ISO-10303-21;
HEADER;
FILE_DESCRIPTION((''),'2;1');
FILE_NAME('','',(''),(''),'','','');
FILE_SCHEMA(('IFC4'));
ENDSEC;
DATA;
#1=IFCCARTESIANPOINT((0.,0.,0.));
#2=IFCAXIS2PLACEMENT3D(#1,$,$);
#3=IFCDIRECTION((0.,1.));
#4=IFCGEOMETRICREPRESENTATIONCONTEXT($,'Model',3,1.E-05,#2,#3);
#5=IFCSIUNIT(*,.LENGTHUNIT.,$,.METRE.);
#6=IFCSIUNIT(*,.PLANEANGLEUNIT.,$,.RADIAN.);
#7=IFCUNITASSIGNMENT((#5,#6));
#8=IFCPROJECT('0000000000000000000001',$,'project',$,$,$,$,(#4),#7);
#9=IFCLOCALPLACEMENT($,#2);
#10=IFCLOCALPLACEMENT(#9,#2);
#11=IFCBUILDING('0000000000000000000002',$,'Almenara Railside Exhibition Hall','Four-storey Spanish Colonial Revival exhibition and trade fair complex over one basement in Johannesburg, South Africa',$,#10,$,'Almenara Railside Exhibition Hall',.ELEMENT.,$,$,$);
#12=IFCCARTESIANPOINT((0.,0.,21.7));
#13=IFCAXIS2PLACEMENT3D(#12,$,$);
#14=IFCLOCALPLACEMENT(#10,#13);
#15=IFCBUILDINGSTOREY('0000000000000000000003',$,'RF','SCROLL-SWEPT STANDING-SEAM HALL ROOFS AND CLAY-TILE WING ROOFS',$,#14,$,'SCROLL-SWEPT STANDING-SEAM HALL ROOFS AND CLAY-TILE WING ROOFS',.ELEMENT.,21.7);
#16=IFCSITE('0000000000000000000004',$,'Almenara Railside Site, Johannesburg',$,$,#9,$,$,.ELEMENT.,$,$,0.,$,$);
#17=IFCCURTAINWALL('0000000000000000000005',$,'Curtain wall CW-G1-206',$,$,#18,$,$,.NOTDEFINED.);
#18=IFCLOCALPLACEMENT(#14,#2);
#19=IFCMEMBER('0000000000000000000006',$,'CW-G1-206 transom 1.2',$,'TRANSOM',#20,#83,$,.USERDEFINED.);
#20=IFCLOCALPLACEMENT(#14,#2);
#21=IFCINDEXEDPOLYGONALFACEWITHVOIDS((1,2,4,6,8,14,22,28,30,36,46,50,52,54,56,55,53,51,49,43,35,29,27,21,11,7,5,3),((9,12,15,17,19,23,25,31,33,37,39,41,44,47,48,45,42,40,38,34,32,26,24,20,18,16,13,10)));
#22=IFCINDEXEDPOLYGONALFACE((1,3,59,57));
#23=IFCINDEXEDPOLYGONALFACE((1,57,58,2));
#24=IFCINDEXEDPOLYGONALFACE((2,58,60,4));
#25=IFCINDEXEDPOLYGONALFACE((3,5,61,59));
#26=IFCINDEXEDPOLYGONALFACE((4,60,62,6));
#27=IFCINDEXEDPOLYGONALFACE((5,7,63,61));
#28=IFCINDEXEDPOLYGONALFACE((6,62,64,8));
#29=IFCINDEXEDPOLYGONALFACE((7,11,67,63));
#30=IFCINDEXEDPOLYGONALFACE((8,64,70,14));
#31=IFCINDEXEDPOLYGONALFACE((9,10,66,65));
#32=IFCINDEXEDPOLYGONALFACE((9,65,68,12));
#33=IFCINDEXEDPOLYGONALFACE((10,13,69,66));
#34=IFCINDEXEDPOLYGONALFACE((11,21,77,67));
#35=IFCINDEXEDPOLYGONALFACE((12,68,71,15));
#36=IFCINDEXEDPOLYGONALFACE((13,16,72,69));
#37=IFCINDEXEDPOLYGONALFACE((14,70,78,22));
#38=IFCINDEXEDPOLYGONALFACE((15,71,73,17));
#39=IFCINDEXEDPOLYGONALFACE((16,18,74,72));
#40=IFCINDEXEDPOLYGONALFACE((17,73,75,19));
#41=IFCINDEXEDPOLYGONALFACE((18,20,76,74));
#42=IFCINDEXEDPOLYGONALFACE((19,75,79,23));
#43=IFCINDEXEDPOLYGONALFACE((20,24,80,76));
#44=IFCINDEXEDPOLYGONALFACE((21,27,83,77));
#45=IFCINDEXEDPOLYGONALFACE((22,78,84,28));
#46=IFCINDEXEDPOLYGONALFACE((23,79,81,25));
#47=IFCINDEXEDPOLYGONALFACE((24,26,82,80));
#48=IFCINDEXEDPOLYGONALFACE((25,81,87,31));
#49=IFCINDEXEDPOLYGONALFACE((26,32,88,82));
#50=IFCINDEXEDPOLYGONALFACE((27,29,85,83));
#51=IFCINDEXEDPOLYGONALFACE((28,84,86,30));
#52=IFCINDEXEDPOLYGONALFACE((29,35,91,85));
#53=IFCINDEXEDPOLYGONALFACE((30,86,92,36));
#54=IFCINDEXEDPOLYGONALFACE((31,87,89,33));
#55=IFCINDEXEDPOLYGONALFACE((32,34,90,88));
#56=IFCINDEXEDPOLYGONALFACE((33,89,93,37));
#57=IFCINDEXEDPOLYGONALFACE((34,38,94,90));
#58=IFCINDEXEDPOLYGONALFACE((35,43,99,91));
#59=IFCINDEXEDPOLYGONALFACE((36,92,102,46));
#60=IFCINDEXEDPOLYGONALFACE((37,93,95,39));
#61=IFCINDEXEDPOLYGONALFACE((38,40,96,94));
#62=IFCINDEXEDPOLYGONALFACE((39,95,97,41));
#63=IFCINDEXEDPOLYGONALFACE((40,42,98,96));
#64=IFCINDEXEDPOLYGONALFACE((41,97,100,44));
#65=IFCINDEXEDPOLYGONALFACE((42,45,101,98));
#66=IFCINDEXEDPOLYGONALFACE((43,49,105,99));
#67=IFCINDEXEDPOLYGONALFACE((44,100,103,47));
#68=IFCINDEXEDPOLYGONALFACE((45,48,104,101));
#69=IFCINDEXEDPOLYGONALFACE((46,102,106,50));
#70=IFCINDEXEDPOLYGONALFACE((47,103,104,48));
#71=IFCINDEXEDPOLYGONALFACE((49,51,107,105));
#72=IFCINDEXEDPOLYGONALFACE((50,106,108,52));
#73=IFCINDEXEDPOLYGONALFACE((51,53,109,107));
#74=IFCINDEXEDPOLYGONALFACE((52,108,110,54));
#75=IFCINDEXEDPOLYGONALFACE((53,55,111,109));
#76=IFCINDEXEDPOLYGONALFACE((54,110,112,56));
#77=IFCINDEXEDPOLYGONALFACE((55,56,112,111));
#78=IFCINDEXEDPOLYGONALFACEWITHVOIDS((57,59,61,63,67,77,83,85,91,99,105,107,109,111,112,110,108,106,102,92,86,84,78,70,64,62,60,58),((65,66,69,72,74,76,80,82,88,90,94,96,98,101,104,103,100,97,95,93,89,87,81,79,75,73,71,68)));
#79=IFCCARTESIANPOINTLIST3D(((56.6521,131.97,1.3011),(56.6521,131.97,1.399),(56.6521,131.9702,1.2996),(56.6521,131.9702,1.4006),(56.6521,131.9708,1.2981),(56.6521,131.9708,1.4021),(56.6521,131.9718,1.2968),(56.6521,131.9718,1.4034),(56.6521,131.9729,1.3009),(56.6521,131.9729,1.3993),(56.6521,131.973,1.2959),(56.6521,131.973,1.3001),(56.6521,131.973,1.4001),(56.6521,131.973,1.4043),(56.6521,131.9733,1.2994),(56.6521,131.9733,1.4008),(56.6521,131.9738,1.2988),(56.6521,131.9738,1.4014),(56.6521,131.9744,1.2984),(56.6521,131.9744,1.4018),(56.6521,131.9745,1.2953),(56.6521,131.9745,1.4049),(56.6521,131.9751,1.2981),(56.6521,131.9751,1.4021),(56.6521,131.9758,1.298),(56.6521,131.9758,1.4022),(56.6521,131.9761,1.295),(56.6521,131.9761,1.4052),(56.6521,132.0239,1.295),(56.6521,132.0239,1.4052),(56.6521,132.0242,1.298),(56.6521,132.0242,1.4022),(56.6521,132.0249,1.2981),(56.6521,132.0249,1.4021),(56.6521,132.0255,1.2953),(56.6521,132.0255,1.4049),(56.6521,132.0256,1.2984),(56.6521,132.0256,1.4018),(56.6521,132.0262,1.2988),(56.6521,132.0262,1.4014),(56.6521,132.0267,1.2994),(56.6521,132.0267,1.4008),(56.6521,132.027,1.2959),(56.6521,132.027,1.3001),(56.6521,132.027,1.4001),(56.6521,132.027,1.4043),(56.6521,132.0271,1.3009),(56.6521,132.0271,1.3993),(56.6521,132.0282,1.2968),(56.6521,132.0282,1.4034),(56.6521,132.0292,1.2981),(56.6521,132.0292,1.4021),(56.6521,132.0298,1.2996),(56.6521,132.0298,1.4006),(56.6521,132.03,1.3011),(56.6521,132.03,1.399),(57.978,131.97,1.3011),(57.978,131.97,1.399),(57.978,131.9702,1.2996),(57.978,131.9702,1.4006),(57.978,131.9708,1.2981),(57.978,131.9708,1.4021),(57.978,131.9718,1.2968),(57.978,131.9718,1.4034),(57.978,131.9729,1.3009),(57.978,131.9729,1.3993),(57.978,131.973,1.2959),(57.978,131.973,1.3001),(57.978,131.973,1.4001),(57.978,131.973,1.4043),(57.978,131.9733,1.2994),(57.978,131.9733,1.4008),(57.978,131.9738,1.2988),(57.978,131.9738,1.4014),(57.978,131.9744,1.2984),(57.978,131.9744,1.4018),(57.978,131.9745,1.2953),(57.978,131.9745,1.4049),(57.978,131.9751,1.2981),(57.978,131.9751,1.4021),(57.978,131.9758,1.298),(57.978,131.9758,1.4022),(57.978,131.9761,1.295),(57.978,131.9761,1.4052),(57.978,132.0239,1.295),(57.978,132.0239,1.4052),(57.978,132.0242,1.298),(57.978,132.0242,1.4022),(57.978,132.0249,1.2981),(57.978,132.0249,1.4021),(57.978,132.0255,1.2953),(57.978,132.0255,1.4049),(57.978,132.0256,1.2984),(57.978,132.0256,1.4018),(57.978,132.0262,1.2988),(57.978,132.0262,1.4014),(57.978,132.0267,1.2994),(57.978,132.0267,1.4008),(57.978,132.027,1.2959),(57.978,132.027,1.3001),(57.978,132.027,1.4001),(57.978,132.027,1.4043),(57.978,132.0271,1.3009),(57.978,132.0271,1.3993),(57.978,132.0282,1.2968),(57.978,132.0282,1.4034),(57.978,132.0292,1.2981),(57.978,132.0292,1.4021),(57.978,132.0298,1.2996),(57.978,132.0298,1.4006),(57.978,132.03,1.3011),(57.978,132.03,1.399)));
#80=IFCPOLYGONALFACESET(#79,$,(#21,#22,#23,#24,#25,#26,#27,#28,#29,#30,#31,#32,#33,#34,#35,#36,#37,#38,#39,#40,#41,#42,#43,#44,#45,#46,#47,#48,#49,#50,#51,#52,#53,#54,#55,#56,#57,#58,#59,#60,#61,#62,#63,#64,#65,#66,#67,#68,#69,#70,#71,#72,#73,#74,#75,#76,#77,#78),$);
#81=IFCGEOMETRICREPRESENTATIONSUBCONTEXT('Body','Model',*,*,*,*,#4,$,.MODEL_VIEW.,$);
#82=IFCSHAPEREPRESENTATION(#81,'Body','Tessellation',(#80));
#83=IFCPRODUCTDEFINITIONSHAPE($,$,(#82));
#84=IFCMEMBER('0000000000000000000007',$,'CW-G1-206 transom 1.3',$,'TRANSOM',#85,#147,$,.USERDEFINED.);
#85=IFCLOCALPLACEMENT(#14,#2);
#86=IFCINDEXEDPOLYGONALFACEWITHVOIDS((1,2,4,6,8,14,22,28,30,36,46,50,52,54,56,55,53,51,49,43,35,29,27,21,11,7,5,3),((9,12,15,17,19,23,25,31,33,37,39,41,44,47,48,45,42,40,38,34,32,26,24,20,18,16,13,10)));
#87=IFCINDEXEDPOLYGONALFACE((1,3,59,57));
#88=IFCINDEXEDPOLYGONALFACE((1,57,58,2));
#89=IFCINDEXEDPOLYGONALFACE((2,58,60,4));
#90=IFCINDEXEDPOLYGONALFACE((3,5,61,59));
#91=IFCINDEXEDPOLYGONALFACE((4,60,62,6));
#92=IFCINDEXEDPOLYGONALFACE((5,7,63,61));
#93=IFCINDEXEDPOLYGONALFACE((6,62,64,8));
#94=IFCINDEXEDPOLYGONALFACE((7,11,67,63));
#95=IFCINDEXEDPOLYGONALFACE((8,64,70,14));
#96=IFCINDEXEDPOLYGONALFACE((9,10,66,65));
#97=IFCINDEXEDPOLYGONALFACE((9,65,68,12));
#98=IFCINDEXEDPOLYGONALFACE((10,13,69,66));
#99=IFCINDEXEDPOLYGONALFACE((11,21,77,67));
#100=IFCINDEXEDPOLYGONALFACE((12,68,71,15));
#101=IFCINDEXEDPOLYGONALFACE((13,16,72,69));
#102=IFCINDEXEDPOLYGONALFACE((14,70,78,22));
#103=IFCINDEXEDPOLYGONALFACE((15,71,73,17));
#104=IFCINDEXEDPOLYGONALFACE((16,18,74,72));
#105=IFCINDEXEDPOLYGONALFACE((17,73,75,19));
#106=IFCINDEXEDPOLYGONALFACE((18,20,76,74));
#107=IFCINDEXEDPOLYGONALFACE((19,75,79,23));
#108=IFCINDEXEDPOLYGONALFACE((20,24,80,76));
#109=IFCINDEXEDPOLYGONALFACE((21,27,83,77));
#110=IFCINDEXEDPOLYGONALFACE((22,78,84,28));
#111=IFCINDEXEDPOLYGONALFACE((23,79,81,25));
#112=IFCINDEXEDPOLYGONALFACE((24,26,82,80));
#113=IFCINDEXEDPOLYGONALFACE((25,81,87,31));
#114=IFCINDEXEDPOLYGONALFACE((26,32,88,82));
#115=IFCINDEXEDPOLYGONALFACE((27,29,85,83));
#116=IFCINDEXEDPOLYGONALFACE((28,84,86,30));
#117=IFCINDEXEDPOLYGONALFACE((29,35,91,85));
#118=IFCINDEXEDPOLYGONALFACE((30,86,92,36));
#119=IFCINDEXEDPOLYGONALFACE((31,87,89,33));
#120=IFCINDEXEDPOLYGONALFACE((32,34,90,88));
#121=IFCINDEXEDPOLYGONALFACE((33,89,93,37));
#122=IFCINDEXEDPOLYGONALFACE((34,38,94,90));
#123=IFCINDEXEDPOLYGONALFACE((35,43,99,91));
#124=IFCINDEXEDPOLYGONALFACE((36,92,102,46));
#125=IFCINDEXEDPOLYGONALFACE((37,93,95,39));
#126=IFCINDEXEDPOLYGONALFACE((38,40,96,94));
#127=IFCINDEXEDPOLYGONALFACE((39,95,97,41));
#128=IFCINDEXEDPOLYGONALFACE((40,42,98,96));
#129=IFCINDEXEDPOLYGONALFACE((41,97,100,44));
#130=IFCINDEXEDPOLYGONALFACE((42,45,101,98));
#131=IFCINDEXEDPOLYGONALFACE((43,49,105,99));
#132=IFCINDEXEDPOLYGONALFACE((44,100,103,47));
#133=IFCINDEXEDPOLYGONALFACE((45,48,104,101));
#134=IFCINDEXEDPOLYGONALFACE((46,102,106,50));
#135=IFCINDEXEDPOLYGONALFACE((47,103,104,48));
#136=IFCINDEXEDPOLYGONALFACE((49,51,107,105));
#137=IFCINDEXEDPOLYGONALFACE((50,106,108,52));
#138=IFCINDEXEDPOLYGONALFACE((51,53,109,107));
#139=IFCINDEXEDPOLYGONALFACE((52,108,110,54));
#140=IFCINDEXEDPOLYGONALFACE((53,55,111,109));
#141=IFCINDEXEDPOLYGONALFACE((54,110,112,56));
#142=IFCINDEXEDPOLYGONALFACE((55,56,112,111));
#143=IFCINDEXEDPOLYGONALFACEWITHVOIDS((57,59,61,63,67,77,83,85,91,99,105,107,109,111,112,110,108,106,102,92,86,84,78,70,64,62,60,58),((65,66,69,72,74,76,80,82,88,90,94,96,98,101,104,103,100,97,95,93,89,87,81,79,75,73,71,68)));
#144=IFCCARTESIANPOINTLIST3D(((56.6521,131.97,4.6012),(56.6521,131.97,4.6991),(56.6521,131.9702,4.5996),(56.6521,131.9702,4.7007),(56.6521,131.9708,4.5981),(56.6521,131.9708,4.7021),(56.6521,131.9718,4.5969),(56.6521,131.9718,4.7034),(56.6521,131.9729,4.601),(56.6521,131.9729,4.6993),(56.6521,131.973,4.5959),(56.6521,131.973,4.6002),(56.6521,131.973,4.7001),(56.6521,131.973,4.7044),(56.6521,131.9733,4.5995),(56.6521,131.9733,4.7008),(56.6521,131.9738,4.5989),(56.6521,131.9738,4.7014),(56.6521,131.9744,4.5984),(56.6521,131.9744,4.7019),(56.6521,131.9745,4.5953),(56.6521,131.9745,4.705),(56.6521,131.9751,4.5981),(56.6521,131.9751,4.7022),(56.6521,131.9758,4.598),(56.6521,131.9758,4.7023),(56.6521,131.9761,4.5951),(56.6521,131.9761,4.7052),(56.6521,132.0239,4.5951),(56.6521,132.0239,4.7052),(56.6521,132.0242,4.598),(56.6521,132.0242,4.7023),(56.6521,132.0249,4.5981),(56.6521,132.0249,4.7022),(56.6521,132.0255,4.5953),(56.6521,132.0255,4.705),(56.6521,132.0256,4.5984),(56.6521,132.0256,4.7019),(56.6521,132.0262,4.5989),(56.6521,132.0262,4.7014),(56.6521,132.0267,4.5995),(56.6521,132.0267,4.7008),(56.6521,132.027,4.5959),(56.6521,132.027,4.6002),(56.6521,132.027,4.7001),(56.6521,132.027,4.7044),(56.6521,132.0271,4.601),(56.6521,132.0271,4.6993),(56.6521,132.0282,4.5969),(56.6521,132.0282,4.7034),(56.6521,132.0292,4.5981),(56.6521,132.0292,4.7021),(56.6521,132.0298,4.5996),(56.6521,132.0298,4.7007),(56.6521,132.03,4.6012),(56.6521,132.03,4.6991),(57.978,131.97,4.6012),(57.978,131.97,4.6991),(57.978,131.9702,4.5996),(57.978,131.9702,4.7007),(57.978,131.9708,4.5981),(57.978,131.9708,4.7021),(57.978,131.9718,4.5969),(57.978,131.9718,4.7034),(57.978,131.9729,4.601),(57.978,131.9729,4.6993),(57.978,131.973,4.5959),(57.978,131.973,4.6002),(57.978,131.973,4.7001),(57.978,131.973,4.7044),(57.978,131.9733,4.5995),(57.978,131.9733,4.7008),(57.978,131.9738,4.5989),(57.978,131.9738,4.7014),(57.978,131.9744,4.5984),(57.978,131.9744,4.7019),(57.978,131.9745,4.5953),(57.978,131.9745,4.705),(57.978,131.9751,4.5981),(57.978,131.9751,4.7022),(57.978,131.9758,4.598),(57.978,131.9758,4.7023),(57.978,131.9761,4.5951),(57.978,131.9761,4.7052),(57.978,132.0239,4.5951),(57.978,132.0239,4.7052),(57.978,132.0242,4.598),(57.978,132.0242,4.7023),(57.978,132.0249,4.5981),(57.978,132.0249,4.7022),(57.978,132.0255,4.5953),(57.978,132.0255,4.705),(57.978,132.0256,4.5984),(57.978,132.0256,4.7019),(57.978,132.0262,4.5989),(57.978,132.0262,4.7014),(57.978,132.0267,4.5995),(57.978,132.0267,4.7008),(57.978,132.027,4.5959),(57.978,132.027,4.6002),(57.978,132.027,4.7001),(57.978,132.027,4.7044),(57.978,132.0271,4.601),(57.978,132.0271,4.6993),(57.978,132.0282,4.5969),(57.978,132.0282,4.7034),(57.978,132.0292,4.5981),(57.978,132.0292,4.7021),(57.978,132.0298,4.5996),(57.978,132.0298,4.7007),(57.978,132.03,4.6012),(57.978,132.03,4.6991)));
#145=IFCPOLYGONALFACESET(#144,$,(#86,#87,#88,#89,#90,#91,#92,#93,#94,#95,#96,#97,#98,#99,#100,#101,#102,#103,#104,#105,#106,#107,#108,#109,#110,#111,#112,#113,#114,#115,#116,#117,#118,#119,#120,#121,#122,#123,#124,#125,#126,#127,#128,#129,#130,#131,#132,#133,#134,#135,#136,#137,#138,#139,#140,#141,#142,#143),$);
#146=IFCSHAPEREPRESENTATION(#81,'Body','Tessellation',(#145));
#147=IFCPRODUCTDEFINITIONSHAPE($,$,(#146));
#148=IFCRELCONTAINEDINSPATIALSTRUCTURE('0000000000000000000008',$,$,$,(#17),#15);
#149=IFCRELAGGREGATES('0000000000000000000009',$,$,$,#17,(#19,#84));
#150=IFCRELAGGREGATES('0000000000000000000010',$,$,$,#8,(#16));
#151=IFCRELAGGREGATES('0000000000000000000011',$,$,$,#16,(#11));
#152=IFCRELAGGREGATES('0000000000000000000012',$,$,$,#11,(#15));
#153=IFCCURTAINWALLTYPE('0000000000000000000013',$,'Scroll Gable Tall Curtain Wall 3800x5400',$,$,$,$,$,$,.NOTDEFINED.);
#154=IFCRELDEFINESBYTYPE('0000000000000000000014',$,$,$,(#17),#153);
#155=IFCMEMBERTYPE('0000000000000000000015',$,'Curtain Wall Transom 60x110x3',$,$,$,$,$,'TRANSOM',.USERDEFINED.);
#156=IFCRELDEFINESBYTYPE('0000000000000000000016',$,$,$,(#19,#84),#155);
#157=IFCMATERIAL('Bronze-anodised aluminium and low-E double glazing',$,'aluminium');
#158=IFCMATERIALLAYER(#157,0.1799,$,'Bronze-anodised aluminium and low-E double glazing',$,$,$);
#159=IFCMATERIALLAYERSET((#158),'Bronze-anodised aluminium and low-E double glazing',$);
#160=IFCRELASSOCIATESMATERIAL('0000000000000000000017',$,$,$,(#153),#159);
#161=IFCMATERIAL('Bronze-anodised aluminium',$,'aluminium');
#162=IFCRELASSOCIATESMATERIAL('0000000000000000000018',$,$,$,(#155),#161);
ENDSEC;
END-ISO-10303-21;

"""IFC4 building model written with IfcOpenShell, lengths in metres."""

from ifc_helpers import new_model, si_unit, direction, frame, origin, origin_2d, place, context, subcontext, project, spatial, hollow_rectangle, extrude, material, layer, layer_set, material_profile, profile_set, type_object, element, aggregate, save


model = new_model("IFC4")

# Units and contexts
model_context = context("Model", 3, precision=1e-05, world=origin(), true_north=direction((0.0, 1.0)))
body_context = subcontext(model_context, "Body", "Model", "MODEL_VIEW")
ifc_project = project(units=[si_unit("LENGTHUNIT", "METRE"), si_unit("PLANEANGLEUNIT", "RADIAN")], contexts=[model_context])

# Site, building, storey
site_placement = place(None, origin())
site = spatial("IfcSite", under=ifc_project, at=site_placement, Name="Almenara Railside Site, Johannesburg", CompositionType="ELEMENT", RefElevation=0.0)
building_placement = place(site_placement, origin())
building = spatial("IfcBuilding", under=site, at=building_placement, Name="Almenara Railside Exhibition Hall", Description="Four-storey Spanish Colonial Revival exhibition and trade fair complex over one basement in Johannesburg, South Africa", LongName="Almenara Railside Exhibition Hall", CompositionType="ELEMENT")
storey_placement = place(building_placement, frame((0.0, 0.0, 21.7)))
storey = spatial("IfcBuildingStorey", under=building, at=storey_placement, Name="RF", Description="SCROLL-SWEPT STANDING-SEAM HALL ROOFS AND CLAY-TILE WING ROOFS", LongName="SCROLL-SWEPT STANDING-SEAM HALL ROOFS AND CLAY-TILE WING ROOFS", CompositionType="ELEMENT", Elevation=21.7)

# Curtain wall
ifc_material_1 = material(Name="Bronze-anodised aluminium and low-E double glazing", Category="aluminium")
ifc_layer_1 = layer(ifc_material_1, 0.1799, Name="Bronze-anodised aluminium and low-E double glazing")
ifc_layer_set_1 = layer_set([ifc_layer_1], Name="Bronze-anodised aluminium and low-E double glazing")
curtain_wall_type = type_object("IfcCurtainWallType", Name="Scroll Gable Tall Curtain Wall 3800x5400", PredefinedType="NOTDEFINED", material=ifc_layer_set_1)
curtain_wall_1_placement = place(storey_placement, origin())
curtain_wall_1 = element("IfcCurtainWall", 1, at=curtain_wall_1_placement, inside=storey, type_object=curtain_wall_type, Name="Curtain wall CW-G1-206", PredefinedType="NOTDEFINED")
ifc_material_2 = material(Name="Bronze-anodised aluminium", Category="aluminium")

# Members
ifc_material_profile_1 = material_profile(ifc_material_2, hollow_rectangle(XDim=0.0601, YDim=0.1101, WallThickness=0.0029, InnerFilletRadius=0.0029, OuterFilletRadius=0.0061, at=origin_2d()), Name="ALU-TRN 60x110x3")
ifc_profile_set_1 = profile_set([ifc_material_profile_1], Name="Bronze-anodised aluminium")
member_type_1 = type_object("IfcMemberType", Name="Curtain Wall Transom 60x110x3", ElementType="TRANSOM", PredefinedType="USERDEFINED", material=ifc_profile_set_1)
member_1_placement = place(storey_placement, frame((56.6521, 132.0, 1.3501), z_axis=(1.0, 0.0, 0.0), x_axis=(0.0, 1.0, 0.0)))
member_1 = element("IfcMember", 2, at=member_1_placement, type_object=member_type_1, Name="CW-G1-206 transom 1.2", ObjectType="TRANSOM", PredefinedType="USERDEFINED", context=body_context, shape_type="SweptSolid", body=[
    extrude(hollow_rectangle(XDim=0.0601, YDim=0.1101, WallThickness=0.0029, InnerFilletRadius=0.0029, OuterFilletRadius=0.0061, at=origin_2d()), origin(), (0.0, 0.0, 1.0), 1.3259),
])
member_2_placement = place(storey_placement, frame((56.6521, 132.0, 4.6501), z_axis=(1.0, 0.0, 0.0), x_axis=(0.0, 1.0, 0.0)))
member_2 = element("IfcMember", 3, at=member_2_placement, type_object=member_type_1, Name="CW-G1-206 transom 1.3", ObjectType="TRANSOM", PredefinedType="USERDEFINED", context=body_context, shape_type="SweptSolid", body=[
    extrude(hollow_rectangle(XDim=0.0601, YDim=0.1101, WallThickness=0.0029, InnerFilletRadius=0.0029, OuterFilletRadius=0.0061, at=origin_2d()), origin(), (0.0, 0.0, 1.0), 1.3259),
])
aggregate(curtain_wall_1, [member_1, member_2])

save(model, "model.ifc")
